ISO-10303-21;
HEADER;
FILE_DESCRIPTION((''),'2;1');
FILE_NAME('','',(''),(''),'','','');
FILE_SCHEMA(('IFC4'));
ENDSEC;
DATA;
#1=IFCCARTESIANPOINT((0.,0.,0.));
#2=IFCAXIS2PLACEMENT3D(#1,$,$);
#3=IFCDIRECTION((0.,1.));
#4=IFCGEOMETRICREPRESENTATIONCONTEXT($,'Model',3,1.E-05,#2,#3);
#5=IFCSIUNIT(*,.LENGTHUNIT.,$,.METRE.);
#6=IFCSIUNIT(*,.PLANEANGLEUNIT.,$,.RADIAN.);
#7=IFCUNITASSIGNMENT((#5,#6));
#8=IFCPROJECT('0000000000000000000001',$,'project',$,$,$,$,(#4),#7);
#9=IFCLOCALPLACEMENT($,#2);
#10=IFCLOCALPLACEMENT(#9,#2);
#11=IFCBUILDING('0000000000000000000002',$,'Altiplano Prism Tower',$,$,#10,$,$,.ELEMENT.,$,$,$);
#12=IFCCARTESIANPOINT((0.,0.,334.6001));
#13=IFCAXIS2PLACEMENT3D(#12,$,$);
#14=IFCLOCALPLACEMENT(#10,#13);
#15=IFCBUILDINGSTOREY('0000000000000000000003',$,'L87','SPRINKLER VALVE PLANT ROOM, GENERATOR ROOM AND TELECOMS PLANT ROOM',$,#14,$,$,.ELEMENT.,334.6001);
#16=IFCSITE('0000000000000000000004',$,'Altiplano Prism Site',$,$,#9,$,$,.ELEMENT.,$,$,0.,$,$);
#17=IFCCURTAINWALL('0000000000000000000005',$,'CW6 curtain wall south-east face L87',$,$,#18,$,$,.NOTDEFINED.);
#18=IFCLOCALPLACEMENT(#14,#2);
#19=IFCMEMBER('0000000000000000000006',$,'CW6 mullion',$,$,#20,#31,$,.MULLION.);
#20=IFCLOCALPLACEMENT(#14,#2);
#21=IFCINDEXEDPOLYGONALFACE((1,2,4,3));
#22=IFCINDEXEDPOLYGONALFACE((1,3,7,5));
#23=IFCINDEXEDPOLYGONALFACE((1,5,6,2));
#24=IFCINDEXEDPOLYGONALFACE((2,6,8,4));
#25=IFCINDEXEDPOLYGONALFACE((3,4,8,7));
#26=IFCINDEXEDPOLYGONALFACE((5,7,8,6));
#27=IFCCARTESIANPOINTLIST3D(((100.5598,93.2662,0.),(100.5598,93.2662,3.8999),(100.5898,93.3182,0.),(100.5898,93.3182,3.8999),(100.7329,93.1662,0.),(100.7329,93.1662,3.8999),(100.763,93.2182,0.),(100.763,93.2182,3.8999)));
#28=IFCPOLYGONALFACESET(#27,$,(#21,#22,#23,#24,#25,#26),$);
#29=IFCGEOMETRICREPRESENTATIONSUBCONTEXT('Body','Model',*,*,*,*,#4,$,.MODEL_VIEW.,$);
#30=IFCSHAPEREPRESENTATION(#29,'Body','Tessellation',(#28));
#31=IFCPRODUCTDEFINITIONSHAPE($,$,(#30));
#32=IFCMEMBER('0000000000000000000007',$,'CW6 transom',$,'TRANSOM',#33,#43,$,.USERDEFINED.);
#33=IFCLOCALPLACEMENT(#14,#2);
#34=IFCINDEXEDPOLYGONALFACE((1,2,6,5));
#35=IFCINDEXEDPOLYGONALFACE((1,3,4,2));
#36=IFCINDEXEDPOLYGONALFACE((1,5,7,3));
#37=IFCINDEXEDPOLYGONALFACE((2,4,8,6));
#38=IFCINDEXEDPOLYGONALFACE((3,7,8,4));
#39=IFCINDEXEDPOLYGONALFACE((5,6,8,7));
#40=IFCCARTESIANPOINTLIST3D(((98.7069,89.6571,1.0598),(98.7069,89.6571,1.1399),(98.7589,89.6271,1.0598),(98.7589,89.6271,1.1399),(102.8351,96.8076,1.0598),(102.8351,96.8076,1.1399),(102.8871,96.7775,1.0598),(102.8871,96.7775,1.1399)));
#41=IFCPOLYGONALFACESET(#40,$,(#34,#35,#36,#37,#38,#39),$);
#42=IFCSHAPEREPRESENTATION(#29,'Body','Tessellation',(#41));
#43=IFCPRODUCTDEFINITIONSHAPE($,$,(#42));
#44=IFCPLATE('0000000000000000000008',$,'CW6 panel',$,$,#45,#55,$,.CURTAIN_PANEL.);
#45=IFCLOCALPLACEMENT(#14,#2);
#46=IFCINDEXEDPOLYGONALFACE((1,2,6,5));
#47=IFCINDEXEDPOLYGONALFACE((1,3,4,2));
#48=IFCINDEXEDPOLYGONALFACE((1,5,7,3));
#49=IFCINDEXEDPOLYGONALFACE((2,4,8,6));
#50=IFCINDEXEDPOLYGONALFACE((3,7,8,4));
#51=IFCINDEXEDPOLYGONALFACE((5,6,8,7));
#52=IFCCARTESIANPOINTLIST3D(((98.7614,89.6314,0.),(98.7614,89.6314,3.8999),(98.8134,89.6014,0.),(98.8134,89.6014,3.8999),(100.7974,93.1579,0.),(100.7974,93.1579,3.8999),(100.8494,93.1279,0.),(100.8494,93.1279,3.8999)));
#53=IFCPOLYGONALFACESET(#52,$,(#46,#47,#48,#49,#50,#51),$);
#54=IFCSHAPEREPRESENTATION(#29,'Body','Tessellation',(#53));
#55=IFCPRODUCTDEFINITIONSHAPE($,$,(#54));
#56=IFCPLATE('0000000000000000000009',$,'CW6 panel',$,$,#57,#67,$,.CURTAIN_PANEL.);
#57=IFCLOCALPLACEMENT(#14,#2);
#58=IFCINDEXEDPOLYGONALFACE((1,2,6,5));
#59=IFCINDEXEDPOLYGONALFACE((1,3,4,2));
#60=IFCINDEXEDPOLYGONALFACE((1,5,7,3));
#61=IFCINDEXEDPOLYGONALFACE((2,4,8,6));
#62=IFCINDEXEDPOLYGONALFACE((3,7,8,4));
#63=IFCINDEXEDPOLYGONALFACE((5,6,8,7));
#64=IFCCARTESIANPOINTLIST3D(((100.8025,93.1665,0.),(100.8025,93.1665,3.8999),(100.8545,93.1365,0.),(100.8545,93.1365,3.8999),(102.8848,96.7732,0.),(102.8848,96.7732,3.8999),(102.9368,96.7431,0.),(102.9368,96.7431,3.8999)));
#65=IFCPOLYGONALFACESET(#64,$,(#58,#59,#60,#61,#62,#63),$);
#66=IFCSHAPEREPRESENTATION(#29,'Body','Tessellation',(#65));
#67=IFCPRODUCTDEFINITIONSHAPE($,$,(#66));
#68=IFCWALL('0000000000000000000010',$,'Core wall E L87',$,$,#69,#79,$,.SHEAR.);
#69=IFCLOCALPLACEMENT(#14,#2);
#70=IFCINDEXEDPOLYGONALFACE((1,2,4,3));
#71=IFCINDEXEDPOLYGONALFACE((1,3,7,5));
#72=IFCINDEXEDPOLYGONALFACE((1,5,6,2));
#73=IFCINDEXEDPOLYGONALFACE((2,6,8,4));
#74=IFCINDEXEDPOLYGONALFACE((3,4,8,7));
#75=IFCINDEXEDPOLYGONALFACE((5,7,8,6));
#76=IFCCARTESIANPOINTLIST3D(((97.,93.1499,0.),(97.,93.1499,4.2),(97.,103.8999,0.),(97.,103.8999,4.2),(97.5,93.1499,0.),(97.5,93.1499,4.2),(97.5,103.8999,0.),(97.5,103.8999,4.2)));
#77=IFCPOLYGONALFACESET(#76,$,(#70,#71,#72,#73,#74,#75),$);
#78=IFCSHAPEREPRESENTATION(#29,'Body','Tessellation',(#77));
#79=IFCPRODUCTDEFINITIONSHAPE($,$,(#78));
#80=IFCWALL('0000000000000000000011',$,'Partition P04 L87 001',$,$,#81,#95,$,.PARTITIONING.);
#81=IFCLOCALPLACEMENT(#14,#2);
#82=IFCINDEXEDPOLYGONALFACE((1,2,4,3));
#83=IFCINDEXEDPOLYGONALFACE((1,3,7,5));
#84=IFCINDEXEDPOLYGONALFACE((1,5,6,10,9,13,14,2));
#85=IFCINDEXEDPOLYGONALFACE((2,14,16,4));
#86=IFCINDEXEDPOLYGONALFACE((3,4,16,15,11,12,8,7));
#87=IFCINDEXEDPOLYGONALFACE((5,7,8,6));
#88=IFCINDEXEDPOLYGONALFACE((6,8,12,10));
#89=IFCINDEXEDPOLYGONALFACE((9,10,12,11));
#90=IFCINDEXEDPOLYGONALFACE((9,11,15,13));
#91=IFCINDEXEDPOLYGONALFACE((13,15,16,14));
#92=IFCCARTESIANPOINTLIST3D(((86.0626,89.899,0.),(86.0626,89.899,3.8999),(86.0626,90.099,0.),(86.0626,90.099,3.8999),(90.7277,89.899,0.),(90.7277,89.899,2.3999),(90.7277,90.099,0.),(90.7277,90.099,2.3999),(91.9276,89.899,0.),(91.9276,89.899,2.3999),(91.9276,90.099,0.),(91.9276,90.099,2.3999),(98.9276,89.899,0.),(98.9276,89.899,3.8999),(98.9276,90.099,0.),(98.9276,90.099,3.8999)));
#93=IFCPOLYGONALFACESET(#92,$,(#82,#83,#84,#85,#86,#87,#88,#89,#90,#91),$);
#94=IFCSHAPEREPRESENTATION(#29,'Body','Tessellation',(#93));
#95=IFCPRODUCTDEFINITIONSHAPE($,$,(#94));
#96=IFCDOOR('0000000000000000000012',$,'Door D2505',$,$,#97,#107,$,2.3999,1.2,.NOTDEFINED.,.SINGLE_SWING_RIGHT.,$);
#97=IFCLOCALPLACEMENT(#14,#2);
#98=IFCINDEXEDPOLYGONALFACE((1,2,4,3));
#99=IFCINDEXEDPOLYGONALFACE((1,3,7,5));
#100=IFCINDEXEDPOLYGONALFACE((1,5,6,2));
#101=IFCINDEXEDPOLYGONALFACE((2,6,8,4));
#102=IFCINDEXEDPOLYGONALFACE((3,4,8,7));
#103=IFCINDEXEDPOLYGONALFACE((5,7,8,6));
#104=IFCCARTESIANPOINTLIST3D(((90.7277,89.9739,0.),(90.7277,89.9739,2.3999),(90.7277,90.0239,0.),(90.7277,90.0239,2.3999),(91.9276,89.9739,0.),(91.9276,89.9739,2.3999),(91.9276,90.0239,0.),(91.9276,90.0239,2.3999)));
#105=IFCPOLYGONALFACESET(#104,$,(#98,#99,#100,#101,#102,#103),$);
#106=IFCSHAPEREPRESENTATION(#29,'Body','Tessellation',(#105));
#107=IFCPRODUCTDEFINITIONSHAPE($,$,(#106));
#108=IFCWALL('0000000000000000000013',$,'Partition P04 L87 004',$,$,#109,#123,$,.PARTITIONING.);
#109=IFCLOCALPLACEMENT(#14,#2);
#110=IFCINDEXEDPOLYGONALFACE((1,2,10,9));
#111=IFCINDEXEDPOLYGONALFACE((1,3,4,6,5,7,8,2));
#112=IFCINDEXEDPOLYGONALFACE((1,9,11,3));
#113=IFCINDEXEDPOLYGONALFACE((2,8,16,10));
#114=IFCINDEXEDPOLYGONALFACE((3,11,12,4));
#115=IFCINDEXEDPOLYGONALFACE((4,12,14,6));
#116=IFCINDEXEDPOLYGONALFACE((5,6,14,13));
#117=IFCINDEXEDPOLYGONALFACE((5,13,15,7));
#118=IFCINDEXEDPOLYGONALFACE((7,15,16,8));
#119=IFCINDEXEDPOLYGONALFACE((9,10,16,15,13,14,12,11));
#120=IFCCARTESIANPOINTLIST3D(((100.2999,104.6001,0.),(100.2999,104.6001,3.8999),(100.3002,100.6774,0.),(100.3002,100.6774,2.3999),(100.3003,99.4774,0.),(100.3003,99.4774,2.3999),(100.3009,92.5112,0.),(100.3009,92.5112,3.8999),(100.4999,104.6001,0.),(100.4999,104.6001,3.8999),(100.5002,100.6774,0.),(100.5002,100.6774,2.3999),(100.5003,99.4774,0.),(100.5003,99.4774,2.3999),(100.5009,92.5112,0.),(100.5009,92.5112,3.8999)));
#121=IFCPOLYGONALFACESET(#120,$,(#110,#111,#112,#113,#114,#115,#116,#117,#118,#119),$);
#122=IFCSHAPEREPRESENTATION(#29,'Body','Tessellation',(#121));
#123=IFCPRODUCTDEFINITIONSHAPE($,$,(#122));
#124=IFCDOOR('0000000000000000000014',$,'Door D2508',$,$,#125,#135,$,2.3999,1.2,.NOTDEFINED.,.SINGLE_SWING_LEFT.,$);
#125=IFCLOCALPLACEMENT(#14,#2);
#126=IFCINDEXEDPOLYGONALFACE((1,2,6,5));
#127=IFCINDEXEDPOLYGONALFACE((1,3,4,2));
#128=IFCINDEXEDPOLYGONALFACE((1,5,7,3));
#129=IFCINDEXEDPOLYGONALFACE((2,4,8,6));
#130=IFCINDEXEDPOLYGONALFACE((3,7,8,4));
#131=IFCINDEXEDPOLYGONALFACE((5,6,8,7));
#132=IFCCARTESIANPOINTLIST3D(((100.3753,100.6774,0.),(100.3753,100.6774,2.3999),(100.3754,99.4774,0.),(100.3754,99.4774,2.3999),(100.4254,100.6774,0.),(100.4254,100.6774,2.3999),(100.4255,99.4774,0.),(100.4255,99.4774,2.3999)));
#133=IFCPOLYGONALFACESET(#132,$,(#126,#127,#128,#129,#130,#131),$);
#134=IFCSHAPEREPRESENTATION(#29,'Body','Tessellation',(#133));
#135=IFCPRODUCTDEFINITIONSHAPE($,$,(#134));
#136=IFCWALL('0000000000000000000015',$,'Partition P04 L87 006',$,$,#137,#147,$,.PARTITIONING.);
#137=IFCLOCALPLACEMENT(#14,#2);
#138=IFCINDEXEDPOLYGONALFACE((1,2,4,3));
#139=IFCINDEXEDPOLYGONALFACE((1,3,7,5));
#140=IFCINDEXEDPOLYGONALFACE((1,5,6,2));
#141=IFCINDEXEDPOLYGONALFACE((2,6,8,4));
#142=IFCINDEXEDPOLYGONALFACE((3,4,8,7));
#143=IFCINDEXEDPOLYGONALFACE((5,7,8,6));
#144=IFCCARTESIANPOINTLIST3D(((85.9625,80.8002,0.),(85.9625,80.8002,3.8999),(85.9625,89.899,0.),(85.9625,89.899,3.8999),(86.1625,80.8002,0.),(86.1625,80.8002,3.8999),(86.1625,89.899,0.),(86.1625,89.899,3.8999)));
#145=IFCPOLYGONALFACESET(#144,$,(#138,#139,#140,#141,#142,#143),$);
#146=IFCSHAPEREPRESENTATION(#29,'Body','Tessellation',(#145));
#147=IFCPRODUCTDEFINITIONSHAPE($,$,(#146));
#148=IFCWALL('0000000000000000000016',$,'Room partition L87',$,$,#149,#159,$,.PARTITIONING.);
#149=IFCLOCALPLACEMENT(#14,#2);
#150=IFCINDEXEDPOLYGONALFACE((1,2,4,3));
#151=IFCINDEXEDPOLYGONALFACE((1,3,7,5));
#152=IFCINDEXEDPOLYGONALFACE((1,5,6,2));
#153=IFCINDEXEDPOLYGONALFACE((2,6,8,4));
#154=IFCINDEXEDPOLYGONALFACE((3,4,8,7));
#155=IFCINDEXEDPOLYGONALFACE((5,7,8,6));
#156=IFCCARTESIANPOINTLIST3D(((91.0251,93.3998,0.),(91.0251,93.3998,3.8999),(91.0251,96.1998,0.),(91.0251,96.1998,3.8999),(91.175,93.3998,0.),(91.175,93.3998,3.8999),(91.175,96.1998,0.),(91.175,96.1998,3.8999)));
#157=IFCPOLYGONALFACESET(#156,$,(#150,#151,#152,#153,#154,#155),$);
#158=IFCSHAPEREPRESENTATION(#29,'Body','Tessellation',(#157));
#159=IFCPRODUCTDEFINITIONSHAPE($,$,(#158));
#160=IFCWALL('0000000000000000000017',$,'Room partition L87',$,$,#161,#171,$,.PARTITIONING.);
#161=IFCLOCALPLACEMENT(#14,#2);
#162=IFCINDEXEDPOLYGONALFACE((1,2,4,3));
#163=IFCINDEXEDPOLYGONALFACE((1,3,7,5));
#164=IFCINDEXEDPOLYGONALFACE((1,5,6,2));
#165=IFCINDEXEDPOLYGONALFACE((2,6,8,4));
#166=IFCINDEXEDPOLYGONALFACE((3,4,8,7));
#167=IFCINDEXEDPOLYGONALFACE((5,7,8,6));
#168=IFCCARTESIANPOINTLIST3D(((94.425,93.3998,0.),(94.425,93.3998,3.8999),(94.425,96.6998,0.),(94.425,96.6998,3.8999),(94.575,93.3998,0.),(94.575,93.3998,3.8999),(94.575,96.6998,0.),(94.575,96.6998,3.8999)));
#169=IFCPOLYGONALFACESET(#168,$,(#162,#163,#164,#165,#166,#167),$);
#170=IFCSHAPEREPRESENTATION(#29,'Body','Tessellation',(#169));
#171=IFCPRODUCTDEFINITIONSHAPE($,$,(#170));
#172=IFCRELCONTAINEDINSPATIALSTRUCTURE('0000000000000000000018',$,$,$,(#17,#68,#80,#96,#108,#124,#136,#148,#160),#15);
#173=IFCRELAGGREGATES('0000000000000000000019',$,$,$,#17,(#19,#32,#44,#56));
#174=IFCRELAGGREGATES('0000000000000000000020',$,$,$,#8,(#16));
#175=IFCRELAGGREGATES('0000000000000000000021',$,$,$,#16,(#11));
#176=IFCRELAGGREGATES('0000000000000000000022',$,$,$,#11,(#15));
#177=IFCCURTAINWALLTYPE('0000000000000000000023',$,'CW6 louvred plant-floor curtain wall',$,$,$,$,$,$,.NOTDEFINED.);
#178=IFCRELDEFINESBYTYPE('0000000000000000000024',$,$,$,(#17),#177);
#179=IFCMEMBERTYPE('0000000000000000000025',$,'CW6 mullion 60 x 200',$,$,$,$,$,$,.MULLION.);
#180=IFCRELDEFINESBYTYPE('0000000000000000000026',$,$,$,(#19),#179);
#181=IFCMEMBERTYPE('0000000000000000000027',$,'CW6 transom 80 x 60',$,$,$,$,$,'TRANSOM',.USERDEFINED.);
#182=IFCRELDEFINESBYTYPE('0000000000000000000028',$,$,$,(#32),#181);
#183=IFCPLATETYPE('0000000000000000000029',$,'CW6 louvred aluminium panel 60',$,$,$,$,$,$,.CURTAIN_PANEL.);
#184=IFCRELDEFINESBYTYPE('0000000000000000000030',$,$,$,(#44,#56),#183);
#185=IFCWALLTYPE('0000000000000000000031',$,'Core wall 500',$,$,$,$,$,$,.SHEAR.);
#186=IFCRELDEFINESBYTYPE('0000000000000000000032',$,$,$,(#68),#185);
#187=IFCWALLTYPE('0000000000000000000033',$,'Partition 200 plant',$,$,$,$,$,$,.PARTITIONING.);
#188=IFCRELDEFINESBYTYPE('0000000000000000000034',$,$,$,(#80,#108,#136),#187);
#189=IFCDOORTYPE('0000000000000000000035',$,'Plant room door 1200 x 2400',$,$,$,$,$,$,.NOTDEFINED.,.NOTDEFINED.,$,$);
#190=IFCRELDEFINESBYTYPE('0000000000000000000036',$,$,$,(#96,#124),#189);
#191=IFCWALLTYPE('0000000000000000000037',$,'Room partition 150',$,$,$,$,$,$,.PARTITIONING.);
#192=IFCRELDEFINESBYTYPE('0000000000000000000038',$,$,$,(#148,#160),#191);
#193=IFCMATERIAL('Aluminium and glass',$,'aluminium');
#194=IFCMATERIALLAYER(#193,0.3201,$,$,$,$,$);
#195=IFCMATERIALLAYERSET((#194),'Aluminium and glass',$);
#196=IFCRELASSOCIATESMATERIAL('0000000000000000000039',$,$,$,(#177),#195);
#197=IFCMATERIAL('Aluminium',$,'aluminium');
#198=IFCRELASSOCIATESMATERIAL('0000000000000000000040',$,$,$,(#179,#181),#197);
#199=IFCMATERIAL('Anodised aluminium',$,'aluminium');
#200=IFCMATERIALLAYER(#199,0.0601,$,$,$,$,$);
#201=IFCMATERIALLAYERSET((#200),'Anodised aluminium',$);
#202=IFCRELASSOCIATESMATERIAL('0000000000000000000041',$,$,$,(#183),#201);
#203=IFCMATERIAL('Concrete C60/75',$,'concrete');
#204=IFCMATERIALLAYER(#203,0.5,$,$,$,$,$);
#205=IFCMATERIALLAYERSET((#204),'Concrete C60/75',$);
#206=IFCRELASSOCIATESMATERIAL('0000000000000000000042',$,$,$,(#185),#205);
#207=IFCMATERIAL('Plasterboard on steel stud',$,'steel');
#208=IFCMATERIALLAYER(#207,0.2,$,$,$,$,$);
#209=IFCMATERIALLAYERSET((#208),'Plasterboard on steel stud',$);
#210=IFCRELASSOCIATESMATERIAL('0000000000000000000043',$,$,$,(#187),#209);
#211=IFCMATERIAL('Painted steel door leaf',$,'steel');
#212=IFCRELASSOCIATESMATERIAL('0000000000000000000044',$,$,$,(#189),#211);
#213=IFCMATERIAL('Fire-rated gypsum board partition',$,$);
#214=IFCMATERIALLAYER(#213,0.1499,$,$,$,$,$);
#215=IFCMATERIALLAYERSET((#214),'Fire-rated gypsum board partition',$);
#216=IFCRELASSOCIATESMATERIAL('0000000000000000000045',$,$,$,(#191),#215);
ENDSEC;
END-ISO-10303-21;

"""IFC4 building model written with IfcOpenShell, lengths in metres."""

from ifc_helpers import new_model, si_unit, direction, frame, frame_2d, origin, origin_2d, place, context, subcontext, project, spatial, rectangle, extrude, material, layer, layer_set, material_profile, profile_set, type_object, element, fill, aggregate, save


model = new_model("IFC4")

# Units and contexts
model_context = context("Model", 3, precision=1e-05, world=origin(), true_north=direction((0.0, 1.0)))
body_context = subcontext(model_context, "Body", "Model", "MODEL_VIEW")
ifc_project = project(units=[si_unit("LENGTHUNIT", "METRE"), si_unit("PLANEANGLEUNIT", "RADIAN")], contexts=[model_context])

# Site, building, storey
site_placement = place(None, origin())
site = spatial("IfcSite", under=ifc_project, at=site_placement, Name="Altiplano Prism Site", CompositionType="ELEMENT", RefElevation=0.0)
building_placement = place(site_placement, origin())
building = spatial("IfcBuilding", under=site, at=building_placement, Name="Altiplano Prism Tower", CompositionType="ELEMENT")
storey_placement = place(building_placement, frame((0.0, 0.0, 334.6001)))
storey = spatial("IfcBuildingStorey", under=building, at=storey_placement, Name="L87", Description="SPRINKLER VALVE PLANT ROOM, GENERATOR ROOM AND TELECOMS PLANT ROOM", CompositionType="ELEMENT", Elevation=334.6001)

# Curtain wall, members, plates
ifc_material_1 = material(Name="Aluminium and glass", Category="aluminium")
ifc_layer_1 = layer(ifc_material_1, 0.3201)
ifc_layer_set_1 = layer_set([ifc_layer_1], Name="Aluminium and glass")
curtain_wall_type = type_object("IfcCurtainWallType", Name="CW6 louvred plant-floor curtain wall", PredefinedType="NOTDEFINED", material=ifc_layer_set_1)
curtain_wall_placement = place(storey_placement, origin())
curtain_wall = element("IfcCurtainWall", 1, at=curtain_wall_placement, inside=storey, type_object=curtain_wall_type, Name="CW6 curtain wall south-east face L87", PredefinedType="NOTDEFINED")
ifc_material_2 = material(Name="Aluminium", Category="aluminium")
ifc_material_profile_1 = material_profile(ifc_material_2, rectangle(XDim=0.2, YDim=0.0601, at=origin_2d()), Name="CW6 mullion 60 x 200")
ifc_profile_set_1 = profile_set([ifc_material_profile_1], Name="Aluminium")
member_type_1 = type_object("IfcMemberType", Name="CW6 mullion 60 x 200", PredefinedType="MULLION", material=ifc_profile_set_1)
member_1_placement = place(storey_placement, frame((100.6614, 93.2422, 0.0), z_axis=(0.0, 0.0, 1.0), x_axis=(-0.866025, 0.5, 0.0)))
member_1 = element("IfcMember", 2, at=member_1_placement, type_object=member_type_1, Name="CW6 mullion", PredefinedType="MULLION", context=body_context, shape_type="SweptSolid", body=[
    extrude(rectangle(XDim=0.2, YDim=0.0601, at=origin_2d()), origin(), (0.0, 0.0, 1.0), 3.8999),
])
ifc_material_profile_2 = material_profile(ifc_material_2, rectangle(XDim=0.0601, YDim=0.0801, at=origin_2d()), Name="CW6 transom 80 x 60")
ifc_profile_set_2 = profile_set([ifc_material_profile_2], Name="Aluminium")
member_type_2 = type_object("IfcMemberType", Name="CW6 transom 80 x 60", ElementType="TRANSOM", PredefinedType="USERDEFINED", material=ifc_profile_set_2)
member_2_placement = place(storey_placement, frame((98.7329, 89.6421, 1.0999), z_axis=(0.49999, 0.866031, 0.0), x_axis=(-0.866031, 0.49999, 0.0)))
member_2 = element("IfcMember", 3, at=member_2_placement, type_object=member_type_2, Name="CW6 transom", ObjectType="TRANSOM", PredefinedType="USERDEFINED", context=body_context, shape_type="SweptSolid", body=[
    extrude(rectangle(XDim=0.0601, YDim=0.0801, at=origin_2d()), origin(), (0.0, 0.0, 1.0), 8.2566),
])
ifc_material_3 = material(Name="Anodised aluminium", Category="aluminium")
ifc_layer_2 = layer(ifc_material_3, 0.0601)
ifc_layer_set_2 = layer_set([ifc_layer_2], Name="Anodised aluminium")
plate_type = type_object("IfcPlateType", Name="CW6 louvred aluminium panel 60", PredefinedType="CURTAIN_PANEL", material=ifc_layer_set_2)
plate_1_placement = place(storey_placement, frame((99.8054, 91.3796, 0.0), z_axis=(0.0, 0.0, 1.0), x_axis=(0.5, 0.866025, 0.0)))
plate_1 = element("IfcPlate", 4, at=plate_1_placement, type_object=plate_type, Name="CW6 panel", PredefinedType="CURTAIN_PANEL", context=body_context, shape_type="SweptSolid", body=[
    extrude(rectangle(XDim=4.072, YDim=0.0601, at=origin_2d()), origin(), (0.0, 0.0, 1.0), 3.8999),
])
plate_2_placement = place(storey_placement, frame((101.8696, 94.9548, 0.0), z_axis=(0.0, 0.0, 1.0), x_axis=(0.5, 0.866025, 0.0)))
plate_2 = element("IfcPlate", 5, at=plate_2_placement, type_object=plate_type, Name="CW6 panel", PredefinedType="CURTAIN_PANEL", context=body_context, shape_type="SweptSolid", body=[
    extrude(rectangle(XDim=4.1646, YDim=0.0601, at=origin_2d()), origin(), (0.0, 0.0, 1.0), 3.8999),
])
aggregate(curtain_wall, [member_1, member_2, plate_1, plate_2])

# Wall
ifc_material_4 = material(Name="Concrete C60/75", Category="concrete")
ifc_layer_3 = layer(ifc_material_4, 0.5)
ifc_layer_set_3 = layer_set([ifc_layer_3], Name="Concrete C60/75")
wall_type_1 = type_object("IfcWallType", Name="Core wall 500", PredefinedType="SHEAR", material=ifc_layer_set_3)
wall_1_placement = place(storey_placement, frame((97.25, 93.1499, 0.0), z_axis=(0.0, 0.0, 1.0), x_axis=(0.0, 1.0, 0.0)))
element("IfcWall", 6, at=wall_1_placement, inside=storey, type_object=wall_type_1, Name="Core wall E L87", PredefinedType="SHEAR", context=body_context, shape_type="SweptSolid", body=[
    extrude(rectangle(XDim=10.75, YDim=0.5, at=frame_2d((5.375, 0.0))), origin(), (0.0, 0.0, 1.0), 4.2),
])

# Walls, openings, doors
ifc_material_5 = material(Name="Plasterboard on steel stud", Category="steel")
ifc_layer_4 = layer(ifc_material_5, 0.2)
ifc_layer_set_4 = layer_set([ifc_layer_4], Name="Plasterboard on steel stud")
wall_type_2 = type_object("IfcWallType", Name="Partition 200 plant", PredefinedType="PARTITIONING", material=ifc_layer_set_4)
wall_2_placement = place(storey_placement, frame((86.0625, 89.999, 0.0), z_axis=(0.0, 0.0, 1.0), x_axis=(1.0, 0.0, 0.0)))
wall_2 = element("IfcWall", 7, at=wall_2_placement, inside=storey, type_object=wall_type_2, Name="Partition P04 L87 001", PredefinedType="PARTITIONING", context=body_context, shape_type="SweptSolid", body=[
    extrude(rectangle(XDim=12.865, YDim=0.2, at=frame_2d((6.4326, 0.0))), origin(), (0.0, 0.0, 1.0), 3.8999),
])
opening_1_placement = place(wall_2_placement, frame((4.665, 0.0, 0.0)))
opening_1 = element("IfcOpeningElement", 8, at=opening_1_placement, cuts=wall_2, PredefinedType="OPENING", context=body_context, shape_type="SweptSolid", body=[
    extrude(rectangle(XDim=1.2, YDim=2.3999, at=frame_2d((0.6001, 1.2))), frame((0.0, 0.1104, 0.0), z_axis=(0.0, -1.0, 0.0), x_axis=(1.0, 0.0, 0.0)), (0.0, 0.0, 1.0), 0.2209),
])
ifc_material_6 = material(Name="Painted steel door leaf", Category="steel")
door_type_1 = type_object("IfcDoorType", Name="Plant room door 1200 x 2400", OperationType="NOTDEFINED", PredefinedType="NOTDEFINED", material=ifc_material_6)
door_1_placement = place(opening_1_placement, origin())
door_1 = element("IfcDoor", 9, at=door_1_placement, inside=storey, type_object=door_type_1, Name="Door D2505", OperationType="SINGLE_SWING_RIGHT", OverallHeight=2.3999, OverallWidth=1.2, PredefinedType="NOTDEFINED", context=body_context, shape_type="SweptSolid", body=[
    extrude(rectangle(XDim=1.2, YDim=2.3999, at=frame_2d((0.6001, 1.2))), frame((0.0, 0.0249, 0.0), z_axis=(0.0, -1.0, 0.0), x_axis=(1.0, 0.0, 0.0)), (0.0, 0.0, 1.0), 0.05),
])
fill(opening_1, door_1)
wall_3_placement = place(storey_placement, frame((100.4009, 92.5112, 0.0), z_axis=(0.0, 0.0, 1.0), x_axis=(-0.000081, 1.0, 0.0)))
wall_3 = element("IfcWall", 10, at=wall_3_placement, inside=storey, type_object=wall_type_2, Name="Partition P04 L87 004", PredefinedType="PARTITIONING", context=body_context, shape_type="SweptSolid", body=[
    extrude(rectangle(XDim=12.0889, YDim=0.2, at=frame_2d((6.0444, 0.0))), origin(), (0.0, 0.0, 1.0), 3.8999),
])
opening_2_placement = place(wall_3_placement, frame((6.9661, 0.0, 0.0)))
opening_2 = element("IfcOpeningElement", 11, at=opening_2_placement, cuts=wall_3, PredefinedType="OPENING", context=body_context, shape_type="SweptSolid", body=[
    extrude(rectangle(XDim=1.2, YDim=2.3999, at=frame_2d((0.6001, 1.2))), frame((0.0, 0.1104, 0.0), z_axis=(0.0, -1.0, 0.0), x_axis=(1.0, 0.0, 0.0)), (0.0, 0.0, 1.0), 0.2209),
])
door_2_placement = place(opening_2_placement, origin())
door_2 = element("IfcDoor", 12, at=door_2_placement, inside=storey, type_object=door_type_1, Name="Door D2508", OperationType="SINGLE_SWING_LEFT", OverallHeight=2.3999, OverallWidth=1.2, PredefinedType="NOTDEFINED", context=body_context, shape_type="SweptSolid", body=[
    extrude(rectangle(XDim=1.2, YDim=2.3999, at=frame_2d((0.6001, 1.2))), frame((0.0, 0.0249, 0.0), z_axis=(0.0, -1.0, 0.0), x_axis=(1.0, 0.0, 0.0)), (0.0, 0.0, 1.0), 0.05),
])
fill(opening_2, door_2)

# Walls
wall_4_placement = place(storey_placement, frame((86.0625, 89.8989, 0.0), z_axis=(0.0, 0.0, 1.0), x_axis=(0.0, -1.0, 0.0)))
element("IfcWall", 13, at=wall_4_placement, inside=storey, type_object=wall_type_2, Name="Partition P04 L87 006", PredefinedType="PARTITIONING", context=body_context, shape_type="SweptSolid", body=[
    extrude(rectangle(XDim=9.0989, YDim=0.2, at=frame_2d((4.5493, 0.0))), origin(), (0.0, 0.0, 1.0), 3.8999),
])
ifc_material_7 = material(Name="Fire-rated gypsum board partition")
ifc_layer_5 = layer(ifc_material_7, 0.1499)
ifc_layer_set_5 = layer_set([ifc_layer_5], Name="Fire-rated gypsum board partition")
wall_type_3 = type_object("IfcWallType", Name="Room partition 150", PredefinedType="PARTITIONING", material=ifc_layer_set_5)
wall_5_placement = place(storey_placement, frame((91.1001, 93.3999, 0.0), z_axis=(0.0, 0.0, 1.0), x_axis=(0.0, 1.0, 0.0)))
element("IfcWall", 14, at=wall_5_placement, inside=storey, type_object=wall_type_3, Name="Room partition L87", PredefinedType="PARTITIONING", context=body_context, shape_type="SweptSolid", body=[
    extrude(rectangle(XDim=2.8, YDim=0.1499, at=frame_2d((1.3999, 0.0))), origin(), (0.0, 0.0, 1.0), 3.8999),
])
wall_6_placement = place(storey_placement, frame((94.5, 93.3999, 0.0), z_axis=(0.0, 0.0, 1.0), x_axis=(0.0, 1.0, 0.0)))
element("IfcWall", 15, at=wall_6_placement, inside=storey, type_object=wall_type_3, Name="Room partition L87", PredefinedType="PARTITIONING", context=body_context, shape_type="SweptSolid", body=[
    extrude(rectangle(XDim=3.3, YDim=0.1499, at=frame_2d((1.6499, 0.0))), origin(), (0.0, 0.0, 1.0), 3.8999),
])

save(model, "model.ifc")
